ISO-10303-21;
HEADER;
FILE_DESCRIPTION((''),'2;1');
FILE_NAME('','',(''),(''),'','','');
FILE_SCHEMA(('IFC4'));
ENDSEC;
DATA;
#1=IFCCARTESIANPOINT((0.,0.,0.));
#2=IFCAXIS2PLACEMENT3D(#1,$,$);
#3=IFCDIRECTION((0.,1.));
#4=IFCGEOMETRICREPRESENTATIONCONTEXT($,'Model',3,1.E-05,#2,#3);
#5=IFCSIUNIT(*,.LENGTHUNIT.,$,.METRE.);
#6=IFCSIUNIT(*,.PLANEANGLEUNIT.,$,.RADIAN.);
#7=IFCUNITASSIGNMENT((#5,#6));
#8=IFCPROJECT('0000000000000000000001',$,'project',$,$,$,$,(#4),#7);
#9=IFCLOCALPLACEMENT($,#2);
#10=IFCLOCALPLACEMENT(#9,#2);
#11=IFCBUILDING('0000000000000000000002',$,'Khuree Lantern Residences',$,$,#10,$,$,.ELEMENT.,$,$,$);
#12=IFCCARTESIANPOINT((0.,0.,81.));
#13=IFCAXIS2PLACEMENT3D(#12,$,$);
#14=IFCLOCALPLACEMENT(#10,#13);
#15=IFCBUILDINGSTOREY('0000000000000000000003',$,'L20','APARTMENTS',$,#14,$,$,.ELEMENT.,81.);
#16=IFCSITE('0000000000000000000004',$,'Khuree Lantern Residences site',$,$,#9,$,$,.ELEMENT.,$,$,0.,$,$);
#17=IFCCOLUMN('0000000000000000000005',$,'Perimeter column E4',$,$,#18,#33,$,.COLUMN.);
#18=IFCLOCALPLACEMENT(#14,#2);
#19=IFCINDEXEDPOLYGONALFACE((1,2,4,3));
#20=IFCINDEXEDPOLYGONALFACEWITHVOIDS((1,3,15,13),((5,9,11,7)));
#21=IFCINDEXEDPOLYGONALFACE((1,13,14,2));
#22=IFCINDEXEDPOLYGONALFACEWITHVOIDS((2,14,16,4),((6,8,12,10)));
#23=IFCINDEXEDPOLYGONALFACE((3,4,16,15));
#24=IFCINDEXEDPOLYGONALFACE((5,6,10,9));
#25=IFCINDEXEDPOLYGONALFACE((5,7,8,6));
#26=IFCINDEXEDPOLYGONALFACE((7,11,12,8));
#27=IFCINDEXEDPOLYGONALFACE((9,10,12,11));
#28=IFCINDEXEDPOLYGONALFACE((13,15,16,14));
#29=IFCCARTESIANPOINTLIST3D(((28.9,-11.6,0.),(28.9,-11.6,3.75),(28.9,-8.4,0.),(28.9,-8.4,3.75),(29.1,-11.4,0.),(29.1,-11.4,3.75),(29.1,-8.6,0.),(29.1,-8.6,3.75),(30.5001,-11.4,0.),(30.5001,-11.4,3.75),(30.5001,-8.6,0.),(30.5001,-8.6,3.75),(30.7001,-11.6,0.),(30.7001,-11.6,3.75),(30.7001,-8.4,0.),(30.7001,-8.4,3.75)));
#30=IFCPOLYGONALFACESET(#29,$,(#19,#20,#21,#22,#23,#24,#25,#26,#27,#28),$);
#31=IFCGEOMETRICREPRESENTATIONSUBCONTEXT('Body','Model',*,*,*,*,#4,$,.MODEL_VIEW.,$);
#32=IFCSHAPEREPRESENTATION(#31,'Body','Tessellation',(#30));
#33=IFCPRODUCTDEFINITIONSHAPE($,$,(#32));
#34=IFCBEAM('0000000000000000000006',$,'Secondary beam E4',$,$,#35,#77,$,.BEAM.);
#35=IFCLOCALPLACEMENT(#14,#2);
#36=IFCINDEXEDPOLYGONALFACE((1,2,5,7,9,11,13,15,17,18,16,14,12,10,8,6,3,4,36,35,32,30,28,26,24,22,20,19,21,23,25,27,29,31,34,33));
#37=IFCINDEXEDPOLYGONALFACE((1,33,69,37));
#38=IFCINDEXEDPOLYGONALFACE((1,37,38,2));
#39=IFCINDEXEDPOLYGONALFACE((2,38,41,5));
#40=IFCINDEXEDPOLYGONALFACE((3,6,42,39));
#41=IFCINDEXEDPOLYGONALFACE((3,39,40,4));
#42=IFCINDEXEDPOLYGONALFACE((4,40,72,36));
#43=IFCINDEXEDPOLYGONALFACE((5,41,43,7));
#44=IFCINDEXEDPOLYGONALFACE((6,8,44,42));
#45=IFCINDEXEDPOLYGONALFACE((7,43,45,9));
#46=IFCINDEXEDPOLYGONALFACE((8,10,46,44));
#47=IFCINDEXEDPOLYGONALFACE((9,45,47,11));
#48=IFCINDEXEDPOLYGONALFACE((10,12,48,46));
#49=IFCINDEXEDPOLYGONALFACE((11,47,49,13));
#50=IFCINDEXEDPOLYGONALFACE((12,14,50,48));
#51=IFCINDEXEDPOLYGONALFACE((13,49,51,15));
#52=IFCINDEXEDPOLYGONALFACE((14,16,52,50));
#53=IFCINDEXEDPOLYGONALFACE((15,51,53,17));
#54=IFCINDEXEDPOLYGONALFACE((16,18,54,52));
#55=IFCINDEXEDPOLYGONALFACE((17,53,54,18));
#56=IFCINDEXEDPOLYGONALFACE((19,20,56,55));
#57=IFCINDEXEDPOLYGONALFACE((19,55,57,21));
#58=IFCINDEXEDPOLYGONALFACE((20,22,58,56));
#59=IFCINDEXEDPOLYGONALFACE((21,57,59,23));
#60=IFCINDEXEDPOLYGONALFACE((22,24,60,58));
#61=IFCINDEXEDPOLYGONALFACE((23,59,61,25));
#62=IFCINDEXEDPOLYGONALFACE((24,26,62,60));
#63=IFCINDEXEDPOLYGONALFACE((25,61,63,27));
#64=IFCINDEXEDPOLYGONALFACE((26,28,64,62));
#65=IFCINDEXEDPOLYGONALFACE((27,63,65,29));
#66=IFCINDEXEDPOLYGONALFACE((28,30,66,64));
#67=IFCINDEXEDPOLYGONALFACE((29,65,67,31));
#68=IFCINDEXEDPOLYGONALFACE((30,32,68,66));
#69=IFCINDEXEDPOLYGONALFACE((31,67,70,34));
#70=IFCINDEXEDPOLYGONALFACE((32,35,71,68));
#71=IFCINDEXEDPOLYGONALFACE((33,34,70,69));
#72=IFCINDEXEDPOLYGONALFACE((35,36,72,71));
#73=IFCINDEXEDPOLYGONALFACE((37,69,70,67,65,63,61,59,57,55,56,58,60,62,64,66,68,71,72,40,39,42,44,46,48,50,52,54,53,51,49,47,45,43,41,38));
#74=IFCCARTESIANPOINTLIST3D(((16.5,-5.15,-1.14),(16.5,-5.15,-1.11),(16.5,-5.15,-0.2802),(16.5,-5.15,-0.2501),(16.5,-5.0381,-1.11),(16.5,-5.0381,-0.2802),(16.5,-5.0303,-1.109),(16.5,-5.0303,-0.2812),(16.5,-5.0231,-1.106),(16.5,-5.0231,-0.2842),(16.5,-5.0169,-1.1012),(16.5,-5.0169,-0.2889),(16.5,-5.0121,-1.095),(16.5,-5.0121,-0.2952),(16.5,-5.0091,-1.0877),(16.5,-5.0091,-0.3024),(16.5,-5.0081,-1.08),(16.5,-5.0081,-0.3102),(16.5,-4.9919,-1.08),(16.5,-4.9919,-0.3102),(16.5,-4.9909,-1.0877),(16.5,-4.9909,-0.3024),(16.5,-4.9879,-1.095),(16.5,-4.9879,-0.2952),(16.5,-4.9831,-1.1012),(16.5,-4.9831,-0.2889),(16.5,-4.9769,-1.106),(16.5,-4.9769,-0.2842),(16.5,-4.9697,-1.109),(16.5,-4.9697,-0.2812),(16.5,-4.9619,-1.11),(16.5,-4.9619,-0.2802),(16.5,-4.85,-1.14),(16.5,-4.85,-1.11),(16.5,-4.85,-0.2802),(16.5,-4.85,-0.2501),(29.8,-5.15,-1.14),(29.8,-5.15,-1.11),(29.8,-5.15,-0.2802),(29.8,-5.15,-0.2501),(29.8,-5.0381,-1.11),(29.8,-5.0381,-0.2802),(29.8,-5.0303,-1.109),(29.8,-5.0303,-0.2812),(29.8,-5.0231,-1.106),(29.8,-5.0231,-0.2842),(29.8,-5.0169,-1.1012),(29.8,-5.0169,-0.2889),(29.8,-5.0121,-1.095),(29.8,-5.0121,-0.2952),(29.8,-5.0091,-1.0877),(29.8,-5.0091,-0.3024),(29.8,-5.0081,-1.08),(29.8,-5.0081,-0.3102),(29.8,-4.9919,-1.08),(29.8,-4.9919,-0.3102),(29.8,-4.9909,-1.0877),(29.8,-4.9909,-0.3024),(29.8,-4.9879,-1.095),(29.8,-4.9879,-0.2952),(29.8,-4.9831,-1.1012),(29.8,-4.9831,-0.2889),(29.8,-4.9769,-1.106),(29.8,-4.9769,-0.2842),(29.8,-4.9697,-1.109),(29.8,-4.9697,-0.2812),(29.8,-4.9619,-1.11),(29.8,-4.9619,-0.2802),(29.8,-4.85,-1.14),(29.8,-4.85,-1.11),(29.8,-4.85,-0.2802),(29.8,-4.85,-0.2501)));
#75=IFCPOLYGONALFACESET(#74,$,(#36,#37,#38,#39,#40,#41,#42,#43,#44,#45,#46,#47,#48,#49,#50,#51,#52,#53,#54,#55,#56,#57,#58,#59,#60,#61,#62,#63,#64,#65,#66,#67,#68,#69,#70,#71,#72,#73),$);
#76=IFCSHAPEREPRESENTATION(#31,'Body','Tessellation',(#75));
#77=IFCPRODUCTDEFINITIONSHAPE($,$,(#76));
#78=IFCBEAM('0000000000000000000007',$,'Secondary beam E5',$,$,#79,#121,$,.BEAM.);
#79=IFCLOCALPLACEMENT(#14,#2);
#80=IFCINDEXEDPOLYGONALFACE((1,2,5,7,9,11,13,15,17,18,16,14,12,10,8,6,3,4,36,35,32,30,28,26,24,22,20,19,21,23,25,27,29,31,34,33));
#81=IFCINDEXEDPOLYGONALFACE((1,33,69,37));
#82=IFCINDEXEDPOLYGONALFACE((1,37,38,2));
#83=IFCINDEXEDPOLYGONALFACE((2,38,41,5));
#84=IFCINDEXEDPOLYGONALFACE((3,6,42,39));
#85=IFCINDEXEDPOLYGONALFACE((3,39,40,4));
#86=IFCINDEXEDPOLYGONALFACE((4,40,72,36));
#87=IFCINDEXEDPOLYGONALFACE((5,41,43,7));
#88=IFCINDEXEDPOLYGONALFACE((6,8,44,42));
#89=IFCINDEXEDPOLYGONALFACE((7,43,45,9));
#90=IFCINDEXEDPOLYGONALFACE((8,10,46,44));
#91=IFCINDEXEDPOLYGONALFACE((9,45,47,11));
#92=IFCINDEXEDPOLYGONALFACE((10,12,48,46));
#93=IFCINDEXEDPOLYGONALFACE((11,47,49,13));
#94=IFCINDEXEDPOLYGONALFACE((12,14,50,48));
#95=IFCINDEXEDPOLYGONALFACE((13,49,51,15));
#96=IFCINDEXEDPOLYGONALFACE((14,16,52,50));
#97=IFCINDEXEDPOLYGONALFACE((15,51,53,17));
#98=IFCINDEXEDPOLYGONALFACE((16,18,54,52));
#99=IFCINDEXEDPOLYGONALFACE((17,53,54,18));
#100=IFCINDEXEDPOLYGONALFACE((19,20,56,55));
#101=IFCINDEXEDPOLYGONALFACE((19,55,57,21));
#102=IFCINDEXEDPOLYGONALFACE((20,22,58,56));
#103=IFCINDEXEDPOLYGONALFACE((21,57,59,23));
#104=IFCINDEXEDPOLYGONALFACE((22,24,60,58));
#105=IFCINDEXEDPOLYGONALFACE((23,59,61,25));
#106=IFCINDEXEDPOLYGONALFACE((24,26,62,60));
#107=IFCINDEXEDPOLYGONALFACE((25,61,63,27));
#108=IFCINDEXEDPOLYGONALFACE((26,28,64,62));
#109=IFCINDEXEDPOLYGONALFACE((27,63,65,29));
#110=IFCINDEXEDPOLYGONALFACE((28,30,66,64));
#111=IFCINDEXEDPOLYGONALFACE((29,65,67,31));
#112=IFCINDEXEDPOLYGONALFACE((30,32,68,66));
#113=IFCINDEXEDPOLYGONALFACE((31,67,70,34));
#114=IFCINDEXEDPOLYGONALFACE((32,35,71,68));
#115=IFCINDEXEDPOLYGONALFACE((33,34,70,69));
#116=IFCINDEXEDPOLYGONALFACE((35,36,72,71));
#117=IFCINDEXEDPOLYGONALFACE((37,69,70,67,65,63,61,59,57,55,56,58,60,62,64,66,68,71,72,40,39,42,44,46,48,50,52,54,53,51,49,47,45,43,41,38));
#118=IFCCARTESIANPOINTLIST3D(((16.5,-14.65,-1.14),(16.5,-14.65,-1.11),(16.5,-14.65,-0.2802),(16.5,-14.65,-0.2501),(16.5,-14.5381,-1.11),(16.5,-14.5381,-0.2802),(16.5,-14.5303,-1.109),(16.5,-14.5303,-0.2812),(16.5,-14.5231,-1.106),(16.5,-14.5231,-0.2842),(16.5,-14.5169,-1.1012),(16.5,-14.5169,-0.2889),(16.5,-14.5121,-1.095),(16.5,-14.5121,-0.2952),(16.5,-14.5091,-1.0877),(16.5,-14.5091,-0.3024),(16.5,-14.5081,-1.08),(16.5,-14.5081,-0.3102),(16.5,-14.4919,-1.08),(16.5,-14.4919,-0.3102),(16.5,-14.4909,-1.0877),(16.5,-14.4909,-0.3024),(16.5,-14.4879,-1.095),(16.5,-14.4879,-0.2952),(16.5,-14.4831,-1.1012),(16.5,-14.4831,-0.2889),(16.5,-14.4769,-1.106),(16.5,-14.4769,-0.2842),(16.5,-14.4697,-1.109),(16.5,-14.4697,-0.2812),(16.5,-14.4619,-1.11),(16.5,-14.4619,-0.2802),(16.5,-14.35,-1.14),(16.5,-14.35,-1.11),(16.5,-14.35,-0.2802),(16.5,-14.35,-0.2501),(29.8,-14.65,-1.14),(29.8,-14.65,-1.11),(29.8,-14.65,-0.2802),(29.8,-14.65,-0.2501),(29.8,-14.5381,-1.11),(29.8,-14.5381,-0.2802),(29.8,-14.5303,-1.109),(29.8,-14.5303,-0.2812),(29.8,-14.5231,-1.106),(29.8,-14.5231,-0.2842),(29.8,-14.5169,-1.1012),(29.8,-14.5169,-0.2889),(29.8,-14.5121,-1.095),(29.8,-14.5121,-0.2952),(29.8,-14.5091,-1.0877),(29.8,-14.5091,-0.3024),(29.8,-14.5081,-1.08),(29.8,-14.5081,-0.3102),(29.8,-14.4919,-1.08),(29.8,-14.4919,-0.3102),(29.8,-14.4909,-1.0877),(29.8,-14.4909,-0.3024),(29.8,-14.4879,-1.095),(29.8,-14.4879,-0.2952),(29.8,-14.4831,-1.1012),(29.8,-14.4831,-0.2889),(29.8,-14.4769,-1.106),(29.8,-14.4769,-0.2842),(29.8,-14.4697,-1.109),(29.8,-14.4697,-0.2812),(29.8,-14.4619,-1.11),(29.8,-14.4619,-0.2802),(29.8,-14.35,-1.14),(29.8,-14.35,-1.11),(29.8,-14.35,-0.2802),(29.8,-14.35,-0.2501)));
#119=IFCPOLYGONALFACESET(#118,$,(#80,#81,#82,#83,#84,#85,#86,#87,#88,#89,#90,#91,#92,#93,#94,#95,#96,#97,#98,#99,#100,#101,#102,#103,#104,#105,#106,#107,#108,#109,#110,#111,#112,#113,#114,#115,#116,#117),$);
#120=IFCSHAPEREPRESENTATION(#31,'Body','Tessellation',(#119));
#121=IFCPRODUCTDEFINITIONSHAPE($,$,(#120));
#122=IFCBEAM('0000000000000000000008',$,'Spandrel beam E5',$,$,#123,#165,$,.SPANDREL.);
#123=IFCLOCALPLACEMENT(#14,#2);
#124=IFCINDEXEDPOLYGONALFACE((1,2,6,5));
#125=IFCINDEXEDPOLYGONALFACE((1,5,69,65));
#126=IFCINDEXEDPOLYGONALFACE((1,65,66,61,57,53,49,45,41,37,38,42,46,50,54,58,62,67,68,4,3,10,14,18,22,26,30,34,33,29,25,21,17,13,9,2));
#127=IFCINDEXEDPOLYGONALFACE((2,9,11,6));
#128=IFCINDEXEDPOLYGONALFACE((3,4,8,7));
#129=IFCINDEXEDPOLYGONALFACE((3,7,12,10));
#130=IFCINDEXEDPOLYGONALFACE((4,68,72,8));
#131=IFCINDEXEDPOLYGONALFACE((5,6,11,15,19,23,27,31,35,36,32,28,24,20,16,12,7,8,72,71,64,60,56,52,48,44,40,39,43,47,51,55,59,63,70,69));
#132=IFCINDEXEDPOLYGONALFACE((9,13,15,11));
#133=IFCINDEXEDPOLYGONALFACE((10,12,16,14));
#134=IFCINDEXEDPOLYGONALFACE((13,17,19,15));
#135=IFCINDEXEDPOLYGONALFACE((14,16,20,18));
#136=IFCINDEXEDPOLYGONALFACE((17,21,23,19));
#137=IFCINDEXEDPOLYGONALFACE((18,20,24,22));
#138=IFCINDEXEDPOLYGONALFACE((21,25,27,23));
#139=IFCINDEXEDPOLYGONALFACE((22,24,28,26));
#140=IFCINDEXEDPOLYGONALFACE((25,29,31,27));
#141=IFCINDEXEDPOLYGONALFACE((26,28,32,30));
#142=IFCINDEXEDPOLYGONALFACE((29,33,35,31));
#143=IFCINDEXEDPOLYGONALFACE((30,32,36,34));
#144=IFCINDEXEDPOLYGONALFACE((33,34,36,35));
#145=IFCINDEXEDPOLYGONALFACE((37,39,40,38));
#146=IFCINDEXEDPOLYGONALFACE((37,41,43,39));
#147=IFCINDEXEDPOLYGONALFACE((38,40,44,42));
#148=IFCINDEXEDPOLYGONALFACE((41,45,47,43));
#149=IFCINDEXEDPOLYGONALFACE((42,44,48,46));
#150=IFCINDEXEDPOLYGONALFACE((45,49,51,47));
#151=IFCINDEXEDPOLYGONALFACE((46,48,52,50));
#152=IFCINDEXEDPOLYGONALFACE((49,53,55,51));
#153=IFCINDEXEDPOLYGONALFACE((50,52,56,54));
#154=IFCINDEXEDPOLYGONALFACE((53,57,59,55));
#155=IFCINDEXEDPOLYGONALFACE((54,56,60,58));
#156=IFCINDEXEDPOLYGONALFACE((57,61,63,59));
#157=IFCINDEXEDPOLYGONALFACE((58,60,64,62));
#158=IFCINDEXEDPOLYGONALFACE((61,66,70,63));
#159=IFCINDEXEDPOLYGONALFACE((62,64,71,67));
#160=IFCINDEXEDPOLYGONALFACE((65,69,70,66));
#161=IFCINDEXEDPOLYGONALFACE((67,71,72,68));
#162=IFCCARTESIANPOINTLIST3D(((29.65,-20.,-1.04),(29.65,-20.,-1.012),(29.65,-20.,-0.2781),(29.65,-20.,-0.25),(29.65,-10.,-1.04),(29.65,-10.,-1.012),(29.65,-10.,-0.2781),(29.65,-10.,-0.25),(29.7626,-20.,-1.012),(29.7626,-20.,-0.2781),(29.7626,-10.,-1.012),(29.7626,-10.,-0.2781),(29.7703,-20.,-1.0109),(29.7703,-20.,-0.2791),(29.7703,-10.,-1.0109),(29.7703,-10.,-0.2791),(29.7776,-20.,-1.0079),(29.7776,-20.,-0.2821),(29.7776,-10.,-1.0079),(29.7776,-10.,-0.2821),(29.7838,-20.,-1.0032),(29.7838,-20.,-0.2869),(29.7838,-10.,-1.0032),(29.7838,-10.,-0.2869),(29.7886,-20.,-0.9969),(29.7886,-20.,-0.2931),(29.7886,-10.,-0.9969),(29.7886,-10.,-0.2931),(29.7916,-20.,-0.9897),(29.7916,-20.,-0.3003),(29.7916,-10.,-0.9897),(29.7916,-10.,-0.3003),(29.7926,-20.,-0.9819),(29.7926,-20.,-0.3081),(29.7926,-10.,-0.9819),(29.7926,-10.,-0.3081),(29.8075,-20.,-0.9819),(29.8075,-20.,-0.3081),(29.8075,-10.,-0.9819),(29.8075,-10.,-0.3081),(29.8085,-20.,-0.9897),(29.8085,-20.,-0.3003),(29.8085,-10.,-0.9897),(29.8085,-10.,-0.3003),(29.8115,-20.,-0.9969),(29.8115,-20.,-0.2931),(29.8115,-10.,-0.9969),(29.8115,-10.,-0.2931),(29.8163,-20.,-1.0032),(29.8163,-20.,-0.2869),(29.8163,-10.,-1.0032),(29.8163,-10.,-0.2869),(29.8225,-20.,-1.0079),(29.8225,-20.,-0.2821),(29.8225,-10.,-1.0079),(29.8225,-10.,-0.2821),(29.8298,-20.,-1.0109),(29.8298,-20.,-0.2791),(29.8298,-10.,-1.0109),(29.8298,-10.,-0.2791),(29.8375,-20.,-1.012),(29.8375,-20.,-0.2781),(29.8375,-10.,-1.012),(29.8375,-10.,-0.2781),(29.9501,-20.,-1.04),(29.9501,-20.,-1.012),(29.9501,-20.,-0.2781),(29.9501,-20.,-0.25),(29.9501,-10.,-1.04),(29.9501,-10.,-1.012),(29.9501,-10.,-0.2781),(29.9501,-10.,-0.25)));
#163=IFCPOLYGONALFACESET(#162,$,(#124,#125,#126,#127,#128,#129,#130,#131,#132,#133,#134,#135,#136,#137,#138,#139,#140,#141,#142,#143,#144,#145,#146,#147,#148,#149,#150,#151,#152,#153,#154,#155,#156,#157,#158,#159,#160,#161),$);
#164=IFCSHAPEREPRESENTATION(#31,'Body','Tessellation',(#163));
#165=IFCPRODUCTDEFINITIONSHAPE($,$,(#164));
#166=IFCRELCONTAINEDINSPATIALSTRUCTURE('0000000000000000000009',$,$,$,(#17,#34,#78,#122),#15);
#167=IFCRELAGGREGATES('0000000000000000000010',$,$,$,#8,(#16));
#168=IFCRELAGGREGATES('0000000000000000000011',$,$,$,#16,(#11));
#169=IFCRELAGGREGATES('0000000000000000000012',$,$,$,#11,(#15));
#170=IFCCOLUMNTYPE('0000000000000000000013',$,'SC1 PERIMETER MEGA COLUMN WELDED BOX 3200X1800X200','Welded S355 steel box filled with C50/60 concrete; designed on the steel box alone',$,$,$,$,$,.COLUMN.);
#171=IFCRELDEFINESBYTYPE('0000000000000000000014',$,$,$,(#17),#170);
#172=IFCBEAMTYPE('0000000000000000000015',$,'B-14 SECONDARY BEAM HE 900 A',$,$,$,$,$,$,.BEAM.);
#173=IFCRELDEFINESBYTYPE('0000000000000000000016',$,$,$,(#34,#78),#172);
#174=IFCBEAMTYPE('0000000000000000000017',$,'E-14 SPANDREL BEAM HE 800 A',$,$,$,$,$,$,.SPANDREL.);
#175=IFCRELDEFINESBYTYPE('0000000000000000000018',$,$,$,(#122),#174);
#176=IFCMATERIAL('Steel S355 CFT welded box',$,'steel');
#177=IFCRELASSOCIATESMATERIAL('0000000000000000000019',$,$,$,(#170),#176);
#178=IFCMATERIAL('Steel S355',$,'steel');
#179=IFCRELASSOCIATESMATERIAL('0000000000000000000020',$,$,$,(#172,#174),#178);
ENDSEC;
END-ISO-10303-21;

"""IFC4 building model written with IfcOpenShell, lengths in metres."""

from ifc_helpers import new_model, si_unit, direction, frame, origin, origin_2d, place, context, subcontext, project, spatial, hollow_rectangle, i_section, extrude, material, material_profile, profile_set, type_object, element, save


model = new_model("IFC4")

# Units and contexts
model_context = context("Model", 3, precision=1e-05, world=origin(), true_north=direction((0.0, 1.0)))
body_context = subcontext(model_context, "Body", "Model", "MODEL_VIEW")
ifc_project = project(units=[si_unit("LENGTHUNIT", "METRE"), si_unit("PLANEANGLEUNIT", "RADIAN")], contexts=[model_context])

# Site, building, storey
site_placement = place(None, origin())
site = spatial("IfcSite", under=ifc_project, at=site_placement, Name="Khuree Lantern Residences site", CompositionType="ELEMENT", RefElevation=0.0)
building_placement = place(site_placement, origin())
building = spatial("IfcBuilding", under=site, at=building_placement, Name="Khuree Lantern Residences", CompositionType="ELEMENT")
storey_placement = place(building_placement, frame((0.0, 0.0, 81.0)))
storey = spatial("IfcBuildingStorey", under=building, at=storey_placement, Name="L20", Description="APARTMENTS", CompositionType="ELEMENT", Elevation=81.0)

# Column
ifc_material_1 = material(Name="Steel S355 CFT welded box", Category="steel")
ifc_material_profile_1 = material_profile(ifc_material_1, hollow_rectangle(XDim=3.2, YDim=1.8, WallThickness=0.2, at=origin_2d()), Name="WELDED BOX 3200X1800X200")
ifc_profile_set_1 = profile_set([ifc_material_profile_1], Name="Steel S355 CFT welded box")
column_type = type_object("IfcColumnType", Name="SC1 PERIMETER MEGA COLUMN WELDED BOX 3200X1800X200", Description="Welded S355 steel box filled with C50/60 concrete; designed on the steel box alone", PredefinedType="COLUMN", material=ifc_profile_set_1)
column_placement = place(storey_placement, frame((29.8, -10.0, 0.0), z_axis=(0.0, 0.0, 1.0), x_axis=(0.0, 1.0, 0.0)))
element("IfcColumn", 1, at=column_placement, inside=storey, type_object=column_type, Name="Perimeter column E4", PredefinedType="COLUMN", context=body_context, shape_type="SweptSolid", body=[
    extrude(hollow_rectangle(XDim=3.2, YDim=1.8, WallThickness=0.2, at=origin_2d()), origin(), (0.0, 0.0, 1.0), 3.75),
])

# Beams
ifc_material_2 = material(Name="Steel S355", Category="steel")
ifc_material_profile_2 = material_profile(ifc_material_2, i_section(OverallWidth=0.3, OverallDepth=0.8899, WebThickness=0.0161, FlangeThickness=0.03, FilletRadius=0.03, at=origin_2d()), Name="HE 900 A")
ifc_profile_set_2 = profile_set([ifc_material_profile_2], Name="Steel S355")
beam_type_1 = type_object("IfcBeamType", Name="B-14 SECONDARY BEAM HE 900 A", PredefinedType="BEAM", material=ifc_profile_set_2)
for number, where, z_axis, x_axis, name in (
    (2, (29.8, -5.0, -0.6951), (-1.0, 0.0, 0.0), (0.0, -1.0, 0.0), "Secondary beam E4"),
    (3, (29.8, -14.5, -0.6951), (-1.0, 0.0, 0.0), (0.0, -1.0, 0.0), "Secondary beam E5"),
):
    element("IfcBeam", number, at=place(storey_placement, frame(where, z_axis=z_axis, x_axis=x_axis)), inside=storey, type_object=beam_type_1, Name=name, PredefinedType="BEAM", context=body_context, shape_type="SweptSolid", body=[
        extrude(i_section(OverallWidth=0.3, OverallDepth=0.8899, WebThickness=0.0161, FlangeThickness=0.03, FilletRadius=0.03, at=origin_2d()), origin(), (0.0, 0.0, 1.0), 13.3),
    ])
ifc_material_profile_3 = material_profile(ifc_material_2, i_section(OverallWidth=0.3, OverallDepth=0.79, WebThickness=0.0149, FlangeThickness=0.0281, FilletRadius=0.03, at=origin_2d()), Name="HE 800 A")
ifc_profile_set_3 = profile_set([ifc_material_profile_3], Name="Steel S355")
beam_type_2 = type_object("IfcBeamType", Name="E-14 SPANDREL BEAM HE 800 A", PredefinedType="SPANDREL", material=ifc_profile_set_3)
beam_1_placement = place(storey_placement, frame((29.8, -10.0, -0.645), z_axis=(0.0, -1.0, 0.0), x_axis=(1.0, 0.0, 0.0)))
element("IfcBeam", 4, at=beam_1_placement, inside=storey, type_object=beam_type_2, Name="Spandrel beam E5", PredefinedType="SPANDREL", context=body_context, shape_type="SweptSolid", body=[
    extrude(i_section(OverallWidth=0.3, OverallDepth=0.79, WebThickness=0.0149, FlangeThickness=0.0281, FilletRadius=0.03, at=origin_2d()), origin(), (0.0, 0.0, 1.0), 10.0),
])

save(model, "model.ifc")
